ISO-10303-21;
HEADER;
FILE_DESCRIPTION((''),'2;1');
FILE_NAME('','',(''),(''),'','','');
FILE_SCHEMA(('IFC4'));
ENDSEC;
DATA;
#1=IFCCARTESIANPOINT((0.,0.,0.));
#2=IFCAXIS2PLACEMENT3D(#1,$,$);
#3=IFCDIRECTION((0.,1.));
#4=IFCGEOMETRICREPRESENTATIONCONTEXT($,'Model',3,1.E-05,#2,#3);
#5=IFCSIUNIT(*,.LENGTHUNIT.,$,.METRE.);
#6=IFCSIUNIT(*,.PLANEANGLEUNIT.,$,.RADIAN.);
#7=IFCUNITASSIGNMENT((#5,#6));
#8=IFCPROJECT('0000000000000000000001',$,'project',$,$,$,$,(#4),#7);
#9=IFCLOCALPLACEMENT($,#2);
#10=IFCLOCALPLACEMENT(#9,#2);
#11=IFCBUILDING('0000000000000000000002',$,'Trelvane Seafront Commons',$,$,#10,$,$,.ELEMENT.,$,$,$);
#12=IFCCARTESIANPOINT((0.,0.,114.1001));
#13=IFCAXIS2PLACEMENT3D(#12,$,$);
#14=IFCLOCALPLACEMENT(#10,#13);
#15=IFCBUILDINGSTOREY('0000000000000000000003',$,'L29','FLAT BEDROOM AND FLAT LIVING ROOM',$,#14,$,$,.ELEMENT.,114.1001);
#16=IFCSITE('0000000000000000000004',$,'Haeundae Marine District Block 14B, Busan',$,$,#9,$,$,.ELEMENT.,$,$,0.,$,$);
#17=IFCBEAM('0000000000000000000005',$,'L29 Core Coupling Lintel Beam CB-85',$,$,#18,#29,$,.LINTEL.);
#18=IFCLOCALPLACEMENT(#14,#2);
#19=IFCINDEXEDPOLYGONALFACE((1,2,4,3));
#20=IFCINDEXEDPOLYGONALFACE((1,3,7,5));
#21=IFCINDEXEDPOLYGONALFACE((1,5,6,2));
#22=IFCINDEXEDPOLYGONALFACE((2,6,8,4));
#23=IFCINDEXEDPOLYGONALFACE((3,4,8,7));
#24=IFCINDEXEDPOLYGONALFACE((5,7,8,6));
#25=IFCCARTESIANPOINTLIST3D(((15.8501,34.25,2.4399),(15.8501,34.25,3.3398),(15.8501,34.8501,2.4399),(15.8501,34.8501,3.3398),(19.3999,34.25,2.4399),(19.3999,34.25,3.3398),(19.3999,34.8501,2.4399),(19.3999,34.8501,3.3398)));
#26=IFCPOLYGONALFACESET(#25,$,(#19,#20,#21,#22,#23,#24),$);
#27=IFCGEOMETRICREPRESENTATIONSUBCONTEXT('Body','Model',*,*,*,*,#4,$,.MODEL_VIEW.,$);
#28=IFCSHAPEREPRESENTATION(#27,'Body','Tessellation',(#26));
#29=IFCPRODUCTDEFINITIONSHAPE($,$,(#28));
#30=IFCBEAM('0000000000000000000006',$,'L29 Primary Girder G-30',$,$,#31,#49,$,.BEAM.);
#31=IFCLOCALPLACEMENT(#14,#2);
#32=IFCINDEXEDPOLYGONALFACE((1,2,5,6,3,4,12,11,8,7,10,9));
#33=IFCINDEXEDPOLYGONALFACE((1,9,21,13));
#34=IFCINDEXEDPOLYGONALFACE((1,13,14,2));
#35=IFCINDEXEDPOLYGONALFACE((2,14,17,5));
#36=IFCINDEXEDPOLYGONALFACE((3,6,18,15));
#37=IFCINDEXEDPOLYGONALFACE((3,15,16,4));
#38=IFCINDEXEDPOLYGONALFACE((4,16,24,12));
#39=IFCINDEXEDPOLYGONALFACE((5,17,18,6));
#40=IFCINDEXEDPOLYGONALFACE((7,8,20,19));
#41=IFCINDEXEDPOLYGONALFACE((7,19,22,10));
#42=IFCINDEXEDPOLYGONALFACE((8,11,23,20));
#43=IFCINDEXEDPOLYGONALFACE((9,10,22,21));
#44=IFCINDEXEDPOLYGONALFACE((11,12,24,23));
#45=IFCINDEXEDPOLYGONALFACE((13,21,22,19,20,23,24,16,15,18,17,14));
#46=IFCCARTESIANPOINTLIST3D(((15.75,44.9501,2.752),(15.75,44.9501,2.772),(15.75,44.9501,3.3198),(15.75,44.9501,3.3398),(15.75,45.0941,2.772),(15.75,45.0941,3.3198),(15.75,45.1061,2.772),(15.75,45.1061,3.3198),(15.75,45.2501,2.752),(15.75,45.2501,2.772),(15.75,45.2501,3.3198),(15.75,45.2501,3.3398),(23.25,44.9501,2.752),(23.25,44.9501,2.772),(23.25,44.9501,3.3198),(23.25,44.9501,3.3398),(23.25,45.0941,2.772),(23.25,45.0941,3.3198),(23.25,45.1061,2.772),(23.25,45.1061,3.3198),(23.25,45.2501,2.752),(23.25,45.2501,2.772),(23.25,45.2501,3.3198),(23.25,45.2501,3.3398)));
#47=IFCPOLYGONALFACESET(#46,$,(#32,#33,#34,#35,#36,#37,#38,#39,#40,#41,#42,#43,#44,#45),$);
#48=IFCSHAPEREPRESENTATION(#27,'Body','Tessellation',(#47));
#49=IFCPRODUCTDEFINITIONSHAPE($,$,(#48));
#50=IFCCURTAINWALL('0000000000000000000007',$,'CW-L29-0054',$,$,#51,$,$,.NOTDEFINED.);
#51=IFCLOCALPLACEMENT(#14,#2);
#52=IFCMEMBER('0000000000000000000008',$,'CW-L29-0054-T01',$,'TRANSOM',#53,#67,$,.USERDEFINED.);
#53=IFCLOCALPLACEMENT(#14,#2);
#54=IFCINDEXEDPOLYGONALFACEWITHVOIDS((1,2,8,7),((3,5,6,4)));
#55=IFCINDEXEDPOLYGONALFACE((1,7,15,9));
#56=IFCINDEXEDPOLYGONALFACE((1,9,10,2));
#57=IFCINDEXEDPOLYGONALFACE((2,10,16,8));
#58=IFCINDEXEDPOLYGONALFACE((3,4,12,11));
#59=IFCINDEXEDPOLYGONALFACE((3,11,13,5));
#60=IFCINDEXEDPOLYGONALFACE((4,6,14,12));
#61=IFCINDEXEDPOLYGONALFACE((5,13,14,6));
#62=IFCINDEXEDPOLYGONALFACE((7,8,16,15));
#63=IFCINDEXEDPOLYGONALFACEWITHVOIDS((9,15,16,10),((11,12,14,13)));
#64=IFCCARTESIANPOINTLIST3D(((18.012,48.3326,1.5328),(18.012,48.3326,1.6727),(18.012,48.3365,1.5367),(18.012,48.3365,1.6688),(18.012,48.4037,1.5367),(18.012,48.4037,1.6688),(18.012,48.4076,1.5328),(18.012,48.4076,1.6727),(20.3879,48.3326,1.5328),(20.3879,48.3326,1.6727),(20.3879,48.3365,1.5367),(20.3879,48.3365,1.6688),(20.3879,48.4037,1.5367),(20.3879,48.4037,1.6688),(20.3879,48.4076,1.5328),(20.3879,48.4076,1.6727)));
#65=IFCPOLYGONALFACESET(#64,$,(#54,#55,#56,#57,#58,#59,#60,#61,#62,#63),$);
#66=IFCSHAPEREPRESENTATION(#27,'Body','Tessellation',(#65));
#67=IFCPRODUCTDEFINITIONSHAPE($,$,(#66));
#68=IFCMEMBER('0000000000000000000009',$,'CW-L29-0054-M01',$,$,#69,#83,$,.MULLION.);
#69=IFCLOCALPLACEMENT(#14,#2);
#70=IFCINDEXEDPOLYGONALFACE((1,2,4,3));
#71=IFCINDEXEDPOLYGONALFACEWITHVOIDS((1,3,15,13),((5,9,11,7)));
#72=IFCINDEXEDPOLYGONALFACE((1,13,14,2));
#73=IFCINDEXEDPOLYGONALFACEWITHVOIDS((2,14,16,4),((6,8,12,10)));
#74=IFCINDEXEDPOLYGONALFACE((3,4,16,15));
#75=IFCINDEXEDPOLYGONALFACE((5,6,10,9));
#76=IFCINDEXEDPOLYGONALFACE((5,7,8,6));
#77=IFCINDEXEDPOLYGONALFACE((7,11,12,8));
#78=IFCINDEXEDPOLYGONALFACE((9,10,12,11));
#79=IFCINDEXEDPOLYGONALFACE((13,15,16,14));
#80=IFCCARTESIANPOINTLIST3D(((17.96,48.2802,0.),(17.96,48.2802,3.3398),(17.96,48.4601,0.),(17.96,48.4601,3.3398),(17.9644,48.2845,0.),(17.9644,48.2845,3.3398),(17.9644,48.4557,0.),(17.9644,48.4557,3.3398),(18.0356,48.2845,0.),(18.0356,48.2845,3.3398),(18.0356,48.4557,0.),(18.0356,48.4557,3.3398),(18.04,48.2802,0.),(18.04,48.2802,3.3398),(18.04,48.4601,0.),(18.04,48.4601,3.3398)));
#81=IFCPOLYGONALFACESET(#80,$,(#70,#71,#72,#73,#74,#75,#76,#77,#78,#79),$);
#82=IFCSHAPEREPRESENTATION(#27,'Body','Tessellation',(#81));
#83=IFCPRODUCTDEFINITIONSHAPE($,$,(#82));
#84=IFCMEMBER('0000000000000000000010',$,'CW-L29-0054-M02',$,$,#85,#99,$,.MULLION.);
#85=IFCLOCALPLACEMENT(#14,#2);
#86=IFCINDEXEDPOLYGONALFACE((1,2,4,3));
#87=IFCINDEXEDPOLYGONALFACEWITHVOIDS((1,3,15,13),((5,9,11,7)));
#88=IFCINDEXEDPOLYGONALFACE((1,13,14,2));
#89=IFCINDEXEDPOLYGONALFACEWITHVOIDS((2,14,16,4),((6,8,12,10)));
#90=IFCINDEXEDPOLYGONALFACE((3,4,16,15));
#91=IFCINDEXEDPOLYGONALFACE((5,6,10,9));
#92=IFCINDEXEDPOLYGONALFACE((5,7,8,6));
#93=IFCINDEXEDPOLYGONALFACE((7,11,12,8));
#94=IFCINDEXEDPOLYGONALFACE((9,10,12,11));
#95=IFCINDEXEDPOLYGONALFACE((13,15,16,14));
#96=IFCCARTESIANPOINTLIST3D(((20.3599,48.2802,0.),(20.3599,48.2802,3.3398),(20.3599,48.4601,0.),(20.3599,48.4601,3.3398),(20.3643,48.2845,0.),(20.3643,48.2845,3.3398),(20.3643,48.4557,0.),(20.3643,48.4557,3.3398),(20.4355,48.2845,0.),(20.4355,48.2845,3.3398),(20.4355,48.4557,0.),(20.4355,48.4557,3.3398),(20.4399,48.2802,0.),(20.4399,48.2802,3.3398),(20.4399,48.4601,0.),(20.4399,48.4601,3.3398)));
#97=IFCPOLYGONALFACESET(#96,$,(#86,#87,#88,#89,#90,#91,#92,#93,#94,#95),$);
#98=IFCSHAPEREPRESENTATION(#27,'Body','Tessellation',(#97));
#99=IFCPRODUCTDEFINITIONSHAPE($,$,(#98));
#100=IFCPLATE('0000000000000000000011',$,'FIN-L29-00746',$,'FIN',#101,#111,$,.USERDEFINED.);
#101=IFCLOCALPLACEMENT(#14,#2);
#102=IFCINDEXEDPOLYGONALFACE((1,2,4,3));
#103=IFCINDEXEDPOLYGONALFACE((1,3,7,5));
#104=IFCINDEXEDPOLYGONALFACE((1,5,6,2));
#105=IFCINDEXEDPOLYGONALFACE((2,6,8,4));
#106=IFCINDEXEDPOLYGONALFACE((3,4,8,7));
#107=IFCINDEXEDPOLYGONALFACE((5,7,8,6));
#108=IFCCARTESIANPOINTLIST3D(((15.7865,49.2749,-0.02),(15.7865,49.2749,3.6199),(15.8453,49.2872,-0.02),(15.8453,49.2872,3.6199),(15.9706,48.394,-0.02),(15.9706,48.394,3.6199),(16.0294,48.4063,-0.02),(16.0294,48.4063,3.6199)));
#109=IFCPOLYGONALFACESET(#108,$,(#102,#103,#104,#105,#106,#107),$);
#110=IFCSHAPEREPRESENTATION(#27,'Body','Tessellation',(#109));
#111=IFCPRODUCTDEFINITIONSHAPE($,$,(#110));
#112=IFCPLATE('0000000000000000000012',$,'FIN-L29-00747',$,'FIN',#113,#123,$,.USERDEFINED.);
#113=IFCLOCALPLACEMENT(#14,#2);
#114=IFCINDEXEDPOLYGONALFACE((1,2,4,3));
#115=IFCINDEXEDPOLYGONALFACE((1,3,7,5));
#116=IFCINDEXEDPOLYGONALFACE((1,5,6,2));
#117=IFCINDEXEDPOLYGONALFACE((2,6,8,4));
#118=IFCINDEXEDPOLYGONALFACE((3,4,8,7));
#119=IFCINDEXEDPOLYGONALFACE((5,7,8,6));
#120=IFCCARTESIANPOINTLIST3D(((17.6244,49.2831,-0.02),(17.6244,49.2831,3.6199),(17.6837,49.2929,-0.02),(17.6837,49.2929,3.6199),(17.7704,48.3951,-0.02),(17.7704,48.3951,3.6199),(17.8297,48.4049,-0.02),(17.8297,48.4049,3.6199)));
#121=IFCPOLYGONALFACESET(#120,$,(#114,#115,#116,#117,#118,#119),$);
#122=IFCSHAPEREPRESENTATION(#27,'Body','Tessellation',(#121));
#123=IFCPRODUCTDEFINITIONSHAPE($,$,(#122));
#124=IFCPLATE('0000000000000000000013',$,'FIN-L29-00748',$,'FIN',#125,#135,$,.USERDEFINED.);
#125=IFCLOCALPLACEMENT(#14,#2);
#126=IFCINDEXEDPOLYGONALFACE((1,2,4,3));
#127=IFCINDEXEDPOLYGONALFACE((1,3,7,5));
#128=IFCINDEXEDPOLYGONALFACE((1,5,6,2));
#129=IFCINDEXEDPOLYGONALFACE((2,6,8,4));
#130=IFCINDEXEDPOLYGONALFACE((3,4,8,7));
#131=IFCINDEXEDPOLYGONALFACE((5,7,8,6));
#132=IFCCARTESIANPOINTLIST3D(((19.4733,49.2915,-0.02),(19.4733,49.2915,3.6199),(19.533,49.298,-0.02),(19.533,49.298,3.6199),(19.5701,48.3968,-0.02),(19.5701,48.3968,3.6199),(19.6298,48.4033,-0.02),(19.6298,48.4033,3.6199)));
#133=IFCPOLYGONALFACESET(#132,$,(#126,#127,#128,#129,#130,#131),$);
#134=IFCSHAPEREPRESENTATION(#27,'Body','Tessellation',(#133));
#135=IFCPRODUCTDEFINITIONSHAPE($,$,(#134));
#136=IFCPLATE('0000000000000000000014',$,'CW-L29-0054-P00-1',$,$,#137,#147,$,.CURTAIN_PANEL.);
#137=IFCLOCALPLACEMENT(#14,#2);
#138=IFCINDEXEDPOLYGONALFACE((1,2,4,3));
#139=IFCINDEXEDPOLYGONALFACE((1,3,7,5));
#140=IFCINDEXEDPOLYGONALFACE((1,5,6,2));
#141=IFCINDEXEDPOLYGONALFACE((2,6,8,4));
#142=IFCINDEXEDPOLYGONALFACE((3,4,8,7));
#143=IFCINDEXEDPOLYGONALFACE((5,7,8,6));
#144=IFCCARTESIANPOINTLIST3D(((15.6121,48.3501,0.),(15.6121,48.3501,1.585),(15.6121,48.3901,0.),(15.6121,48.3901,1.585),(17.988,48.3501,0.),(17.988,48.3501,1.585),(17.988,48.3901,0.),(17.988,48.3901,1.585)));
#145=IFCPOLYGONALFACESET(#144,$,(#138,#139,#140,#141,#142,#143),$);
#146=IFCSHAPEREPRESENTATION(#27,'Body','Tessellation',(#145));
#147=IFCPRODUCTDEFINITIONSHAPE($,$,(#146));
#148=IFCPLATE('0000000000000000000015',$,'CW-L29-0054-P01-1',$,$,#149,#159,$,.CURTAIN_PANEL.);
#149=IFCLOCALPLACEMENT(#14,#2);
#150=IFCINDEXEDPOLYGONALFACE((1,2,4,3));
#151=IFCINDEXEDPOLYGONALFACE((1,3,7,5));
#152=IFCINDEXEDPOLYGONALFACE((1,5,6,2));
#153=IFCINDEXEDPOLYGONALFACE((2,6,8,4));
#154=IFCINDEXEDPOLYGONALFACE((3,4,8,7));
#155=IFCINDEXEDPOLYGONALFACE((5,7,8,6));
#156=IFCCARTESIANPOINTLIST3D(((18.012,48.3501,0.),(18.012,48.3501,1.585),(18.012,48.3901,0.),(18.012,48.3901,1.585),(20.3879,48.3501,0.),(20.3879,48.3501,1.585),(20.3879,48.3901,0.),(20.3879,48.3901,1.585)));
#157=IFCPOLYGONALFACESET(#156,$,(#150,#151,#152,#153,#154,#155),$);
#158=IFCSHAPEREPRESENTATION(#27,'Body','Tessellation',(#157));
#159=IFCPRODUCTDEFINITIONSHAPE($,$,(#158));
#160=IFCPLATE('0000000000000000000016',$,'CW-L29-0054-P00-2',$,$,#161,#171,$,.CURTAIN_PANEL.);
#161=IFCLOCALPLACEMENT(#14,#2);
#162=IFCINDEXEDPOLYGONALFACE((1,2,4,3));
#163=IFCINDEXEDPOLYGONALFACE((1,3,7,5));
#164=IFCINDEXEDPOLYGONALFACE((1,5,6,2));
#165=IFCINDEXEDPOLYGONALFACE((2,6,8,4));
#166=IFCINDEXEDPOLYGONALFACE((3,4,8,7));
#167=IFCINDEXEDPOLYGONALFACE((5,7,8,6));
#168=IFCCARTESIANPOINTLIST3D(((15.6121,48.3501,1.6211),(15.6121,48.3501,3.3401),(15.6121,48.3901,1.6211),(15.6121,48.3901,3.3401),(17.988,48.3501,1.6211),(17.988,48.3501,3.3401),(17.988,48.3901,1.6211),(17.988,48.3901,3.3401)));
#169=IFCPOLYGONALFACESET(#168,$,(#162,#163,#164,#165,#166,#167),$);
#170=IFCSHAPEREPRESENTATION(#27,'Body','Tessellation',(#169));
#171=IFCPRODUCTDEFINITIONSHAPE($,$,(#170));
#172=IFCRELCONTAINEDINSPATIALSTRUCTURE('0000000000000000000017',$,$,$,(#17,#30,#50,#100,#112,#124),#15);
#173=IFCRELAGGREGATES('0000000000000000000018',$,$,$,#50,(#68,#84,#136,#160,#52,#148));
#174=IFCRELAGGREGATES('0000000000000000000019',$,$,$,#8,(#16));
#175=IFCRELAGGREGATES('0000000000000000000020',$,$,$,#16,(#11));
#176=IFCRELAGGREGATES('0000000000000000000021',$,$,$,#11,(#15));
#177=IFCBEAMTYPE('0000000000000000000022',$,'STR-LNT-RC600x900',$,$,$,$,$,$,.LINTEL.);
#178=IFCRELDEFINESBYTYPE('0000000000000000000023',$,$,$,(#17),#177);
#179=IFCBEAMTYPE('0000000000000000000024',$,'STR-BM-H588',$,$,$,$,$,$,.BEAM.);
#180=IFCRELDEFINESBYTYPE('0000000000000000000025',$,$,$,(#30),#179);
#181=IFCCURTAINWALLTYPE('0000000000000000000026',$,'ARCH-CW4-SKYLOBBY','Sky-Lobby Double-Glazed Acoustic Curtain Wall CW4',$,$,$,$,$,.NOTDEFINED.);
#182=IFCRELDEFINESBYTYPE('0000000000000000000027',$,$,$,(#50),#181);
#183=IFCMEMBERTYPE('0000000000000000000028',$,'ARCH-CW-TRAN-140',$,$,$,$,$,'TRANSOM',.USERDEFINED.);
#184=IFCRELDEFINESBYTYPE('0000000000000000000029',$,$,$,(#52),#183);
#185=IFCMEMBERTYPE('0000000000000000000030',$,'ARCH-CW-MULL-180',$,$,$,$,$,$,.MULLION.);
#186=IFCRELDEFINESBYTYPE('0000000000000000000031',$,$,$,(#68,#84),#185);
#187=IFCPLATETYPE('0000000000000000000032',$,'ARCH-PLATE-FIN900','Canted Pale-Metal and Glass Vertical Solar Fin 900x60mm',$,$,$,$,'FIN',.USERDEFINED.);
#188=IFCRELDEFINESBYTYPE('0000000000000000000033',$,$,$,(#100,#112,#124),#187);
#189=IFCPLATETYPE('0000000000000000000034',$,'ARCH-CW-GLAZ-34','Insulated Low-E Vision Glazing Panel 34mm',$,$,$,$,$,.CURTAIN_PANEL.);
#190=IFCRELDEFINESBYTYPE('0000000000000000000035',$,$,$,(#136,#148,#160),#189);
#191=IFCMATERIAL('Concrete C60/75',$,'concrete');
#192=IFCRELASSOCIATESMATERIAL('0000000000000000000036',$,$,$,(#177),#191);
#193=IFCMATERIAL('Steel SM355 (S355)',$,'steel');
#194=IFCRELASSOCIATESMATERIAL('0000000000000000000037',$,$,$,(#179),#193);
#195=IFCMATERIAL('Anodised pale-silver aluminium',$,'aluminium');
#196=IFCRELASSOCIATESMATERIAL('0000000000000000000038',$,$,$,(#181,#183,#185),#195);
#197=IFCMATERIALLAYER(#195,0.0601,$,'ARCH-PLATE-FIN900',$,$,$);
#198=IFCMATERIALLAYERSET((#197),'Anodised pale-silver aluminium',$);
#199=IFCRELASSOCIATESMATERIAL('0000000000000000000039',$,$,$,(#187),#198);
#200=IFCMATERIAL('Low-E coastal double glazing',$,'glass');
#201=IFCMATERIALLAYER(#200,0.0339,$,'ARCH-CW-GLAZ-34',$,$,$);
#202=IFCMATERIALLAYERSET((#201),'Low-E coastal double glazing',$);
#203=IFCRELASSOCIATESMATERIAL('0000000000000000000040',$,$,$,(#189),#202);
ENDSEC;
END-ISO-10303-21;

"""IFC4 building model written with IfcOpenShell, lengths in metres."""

from ifc_helpers import new_model, si_unit, direction, frame, origin, origin_2d, place, context, subcontext, project, spatial, rectangle, hollow_rectangle, i_section, extrude, source, transform, mapped, material, layer, layer_set, material_profile, profile_set, type_object, element, aggregate, save


model = new_model("IFC4")

# Units and contexts
model_context = context("Model", 3, precision=1e-05, world=origin(), true_north=direction((0.0, 1.0)))
body_context = subcontext(model_context, "Body", "Model", "MODEL_VIEW")
ifc_project = project(units=[si_unit("LENGTHUNIT", "METRE"), si_unit("PLANEANGLEUNIT", "RADIAN")], contexts=[model_context])

# Site, building, storey
site_placement = place(None, origin())
site = spatial("IfcSite", under=ifc_project, at=site_placement, Name="Haeundae Marine District Block 14B, Busan", CompositionType="ELEMENT", RefElevation=0.0)
building_placement = place(site_placement, origin())
building = spatial("IfcBuilding", under=site, at=building_placement, Name="Trelvane Seafront Commons", CompositionType="ELEMENT")
storey_placement = place(building_placement, frame((0.0, 0.0, 114.1001)))
storey = spatial("IfcBuildingStorey", under=building, at=storey_placement, Name="L29", Description="FLAT BEDROOM AND FLAT LIVING ROOM", CompositionType="ELEMENT", Elevation=114.1001)

# Beams
ifc_material_1 = material(Name="Concrete C60/75", Category="concrete")
ifc_material_profile_1 = material_profile(ifc_material_1, rectangle(XDim=0.6001, YDim=0.8999, at=origin_2d()), Name="RC-600x900")
ifc_profile_set_1 = profile_set([ifc_material_profile_1], Name="Concrete C60/75")
beam_type_1 = type_object("IfcBeamType", Name="STR-LNT-RC600x900", PredefinedType="LINTEL", material=ifc_profile_set_1)
shared_shape_1 = source(origin(), body_context, "Body", "SweptSolid", [
    extrude(rectangle(XDim=0.6001, YDim=0.8999, at=origin_2d()), origin(), (0.0, 0.0, 1.0), 3.5498),
])
beam_1_placement = place(storey_placement, frame((15.8501, 34.55, 2.8899), z_axis=(1.0, 0.0, 0.0), x_axis=(0.0, 1.0, 0.0)))
element("IfcBeam", 1, at=beam_1_placement, inside=storey, type_object=beam_type_1, Name="L29 Core Coupling Lintel Beam CB-85", PredefinedType="LINTEL", context=body_context, shape_type="MappedRepresentation", body=[
    mapped(shared_shape_1, transform((0.0, 0.0, 0.0), x_axis=(1.0, 0.0, 0.0), y_axis=(0.0, 1.0, 0.0), z_axis=(0.0, 0.0, 1.0), scale=1.0)),
])
ifc_material_2 = material(Name="Steel SM355 (S355)", Category="steel")
ifc_material_profile_2 = material_profile(ifc_material_2, i_section(OverallWidth=0.3, OverallDepth=0.5879, WebThickness=0.012, FlangeThickness=0.02, at=origin_2d()), Name="H-588x300x12x20")
ifc_profile_set_2 = profile_set([ifc_material_profile_2], Name="Steel SM355 (S355)")
beam_type_2 = type_object("IfcBeamType", Name="STR-BM-H588", PredefinedType="BEAM", material=ifc_profile_set_2)
shared_shape_2 = source(origin(), body_context, "Body", "SweptSolid", [
    extrude(i_section(OverallWidth=0.3, OverallDepth=0.5879, WebThickness=0.012, FlangeThickness=0.02, at=origin_2d()), origin(), (0.0, 0.0, 1.0), 7.5),
])
beam_2_placement = place(storey_placement, frame((15.75, 45.1001, 3.0459), z_axis=(1.0, 0.0, 0.0), x_axis=(0.0, 1.0, 0.0)))
element("IfcBeam", 2, at=beam_2_placement, inside=storey, type_object=beam_type_2, Name="L29 Primary Girder G-30", PredefinedType="BEAM", context=body_context, shape_type="MappedRepresentation", body=[
    mapped(shared_shape_2, transform((0.0, 0.0, 0.0), x_axis=(1.0, 0.0, 0.0), y_axis=(0.0, 1.0, 0.0), z_axis=(0.0, 0.0, 1.0), scale=1.0)),
])

# Curtain wall, members
ifc_material_3 = material(Name="Anodised pale-silver aluminium", Category="aluminium")
curtain_wall_type = type_object("IfcCurtainWallType", Name="ARCH-CW4-SKYLOBBY", Description="Sky-Lobby Double-Glazed Acoustic Curtain Wall CW4", PredefinedType="NOTDEFINED", material=ifc_material_3)
curtain_wall_placement = place(storey_placement, origin())
curtain_wall = element("IfcCurtainWall", 3, at=curtain_wall_placement, inside=storey, type_object=curtain_wall_type, Name="CW-L29-0054", PredefinedType="NOTDEFINED")
ifc_material_profile_3 = material_profile(ifc_material_3, hollow_rectangle(XDim=0.075, YDim=0.1399, WallThickness=0.0039, at=origin_2d()), Name="TRAN-75x140x4")
ifc_profile_set_3 = profile_set([ifc_material_profile_3], Name="Anodised pale-silver aluminium")
member_type_1 = type_object("IfcMemberType", Name="ARCH-CW-TRAN-140", ElementType="TRANSOM", PredefinedType="USERDEFINED", material=ifc_profile_set_3)
shared_shape_3 = source(origin(), body_context, "Body", "SweptSolid", [
    extrude(hollow_rectangle(XDim=0.075, YDim=0.1399, WallThickness=0.0039, at=origin_2d()), origin(), (0.0, 0.0, 1.0), 2.376),
])
member_1_placement = place(storey_placement, frame((18.012, 48.3701, 1.6028), z_axis=(1.0, 0.0, 0.0), x_axis=(0.0, 1.0, 0.0)))
member_1 = element("IfcMember", 4, at=member_1_placement, type_object=member_type_1, Name="CW-L29-0054-T01", ObjectType="TRANSOM", PredefinedType="USERDEFINED", context=body_context, shape_type="MappedRepresentation", body=[
    mapped(shared_shape_3, transform((0.0, 0.0, 0.0), x_axis=(1.0, 0.0, 0.0), y_axis=(0.0, 1.0, 0.0), z_axis=(0.0, 0.0, 1.0), scale=1.0)),
])
ifc_material_profile_4 = material_profile(ifc_material_3, hollow_rectangle(XDim=0.0801, YDim=0.1799, WallThickness=0.0044, at=origin_2d()), Name="MULL-80x180x4.5")
ifc_profile_set_4 = profile_set([ifc_material_profile_4], Name="Anodised pale-silver aluminium")
member_type_2 = type_object("IfcMemberType", Name="ARCH-CW-MULL-180", PredefinedType="MULLION", material=ifc_profile_set_4)
shared_shape_4 = source(origin(), body_context, "Body", "SweptSolid", [
    extrude(hollow_rectangle(XDim=0.0801, YDim=0.1799, WallThickness=0.0044, at=origin_2d()), origin(), (0.0, 0.0, 1.0), 3.3398),
])
member_2_placement = place(storey_placement, frame((18.0, 48.3701, 0.0), z_axis=(0.0, 0.0, 1.0), x_axis=(1.0, 0.0, 0.0)))
member_2 = element("IfcMember", 5, at=member_2_placement, type_object=member_type_2, Name="CW-L29-0054-M01", PredefinedType="MULLION", context=body_context, shape_type="MappedRepresentation", body=[
    mapped(shared_shape_4, transform((0.0, 0.0, 0.0), x_axis=(1.0, 0.0, 0.0), y_axis=(0.0, 1.0, 0.0), z_axis=(0.0, 0.0, 1.0), scale=1.0)),
])
member_3_placement = place(storey_placement, frame((20.3999, 48.3701, 0.0), z_axis=(0.0, 0.0, 1.0), x_axis=(1.0, 0.0, 0.0)))
member_3 = element("IfcMember", 6, at=member_3_placement, type_object=member_type_2, Name="CW-L29-0054-M02", PredefinedType="MULLION", context=body_context, shape_type="MappedRepresentation", body=[
    mapped(shared_shape_4, transform((0.0, 0.0, 0.0), x_axis=(1.0, 0.0, 0.0), y_axis=(0.0, 1.0, 0.0), z_axis=(0.0, 0.0, 1.0), scale=1.0)),
])

# Plates
ifc_layer_1 = layer(ifc_material_3, 0.0601, Name="ARCH-PLATE-FIN900")
ifc_layer_set_1 = layer_set([ifc_layer_1], Name="Anodised pale-silver aluminium")
plate_type_1 = type_object("IfcPlateType", Name="ARCH-PLATE-FIN900", Description="Canted Pale-Metal and Glass Vertical Solar Fin 900x60mm", ElementType="FIN", PredefinedType="USERDEFINED", material=ifc_layer_set_1)
shared_shape_5 = source(origin(), body_context, "Body", "SweptSolid", [
    extrude(rectangle(XDim=0.8999, YDim=0.0601, at=origin_2d()), origin(), (0.0, 0.0, 1.0), 3.6399),
])
for number, where, z_axis, x_axis, name in (
    (7, (15.908, 48.8406, -0.02), (0.0, 0.0, 1.0), (-0.204549, 0.978856, 0.0), "FIN-L29-00746"),
    (8, (17.7271, 48.844, -0.02), (0.0, 0.0, 1.0), (-0.162219, 0.986755, 0.0), "FIN-L29-00747"),
    (9, (19.5515, 48.8474, -0.02), (0.0, 0.0, 1.0), (-0.107553, 0.994199, 0.0), "FIN-L29-00748"),
):
    element("IfcPlate", number, at=place(storey_placement, frame(where, z_axis=z_axis, x_axis=x_axis)), inside=storey, type_object=plate_type_1, Name=name, ObjectType="FIN", PredefinedType="USERDEFINED", context=body_context, shape_type="MappedRepresentation", body=[
        mapped(shared_shape_5, transform((0.0, 0.0, 0.0), x_axis=(1.0, 0.0, 0.0), y_axis=(0.0, 1.0, 0.0), z_axis=(0.0, 0.0, 1.0), scale=1.0)),
    ])

# Plates
ifc_material_4 = material(Name="Low-E coastal double glazing", Category="glass")
ifc_layer_2 = layer(ifc_material_4, 0.0339, Name="ARCH-CW-GLAZ-34")
ifc_layer_set_2 = layer_set([ifc_layer_2], Name="Low-E coastal double glazing")
plate_type_2 = type_object("IfcPlateType", Name="ARCH-CW-GLAZ-34", Description="Insulated Low-E Vision Glazing Panel 34mm", PredefinedType="CURTAIN_PANEL", material=ifc_layer_set_2)
shared_shape_6 = source(origin(), body_context, "Body", "SweptSolid", [
    extrude(rectangle(XDim=2.376, YDim=0.04, at=origin_2d()), origin(), (0.0, 0.0, 1.0), 1.585),
])
plate_1_placement = place(storey_placement, frame((16.8, 48.3701, 0.0), z_axis=(0.0, 0.0, 1.0), x_axis=(1.0, 0.0, 0.0)))
plate_1 = element("IfcPlate", 10, at=plate_1_placement, type_object=plate_type_2, Name="CW-L29-0054-P00-1", PredefinedType="CURTAIN_PANEL", context=body_context, shape_type="MappedRepresentation", body=[
    mapped(shared_shape_6, transform((0.0, 0.0, 0.0), x_axis=(1.0, 0.0, 0.0), y_axis=(0.0, 1.0, 0.0), z_axis=(0.0, 0.0, 1.0), scale=1.0)),
])
plate_2_placement = place(storey_placement, frame((19.2, 48.3701, 0.0), z_axis=(0.0, 0.0, 1.0), x_axis=(1.0, 0.0, 0.0)))
plate_2 = element("IfcPlate", 11, at=plate_2_placement, type_object=plate_type_2, Name="CW-L29-0054-P01-1", PredefinedType="CURTAIN_PANEL", context=body_context, shape_type="MappedRepresentation", body=[
    mapped(shared_shape_6, transform((0.0, 0.0, 0.0), x_axis=(1.0, 0.0, 0.0), y_axis=(0.0, 1.0, 0.0), z_axis=(0.0, 0.0, 1.0), scale=1.0)),
])
shared_shape_7 = source(origin(), body_context, "Body", "SweptSolid", [
    extrude(rectangle(XDim=2.376, YDim=0.04, at=origin_2d()), origin(), (0.0, 0.0, 1.0), 1.719),
])
plate_3_placement = place(storey_placement, frame((16.8, 48.3701, 1.6211), z_axis=(0.0, 0.0, 1.0), x_axis=(1.0, 0.0, 0.0)))
plate_3 = element("IfcPlate", 12, at=plate_3_placement, type_object=plate_type_2, Name="CW-L29-0054-P00-2", PredefinedType="CURTAIN_PANEL", context=body_context, shape_type="MappedRepresentation", body=[
    mapped(shared_shape_7, transform((0.0, 0.0, 0.0), x_axis=(1.0, 0.0, 0.0), y_axis=(0.0, 1.0, 0.0), z_axis=(0.0, 0.0, 1.0), scale=1.0)),
])
aggregate(curtain_wall, [member_2, member_3, plate_1, plate_3, member_1, plate_2])

save(model, "model.ifc")
